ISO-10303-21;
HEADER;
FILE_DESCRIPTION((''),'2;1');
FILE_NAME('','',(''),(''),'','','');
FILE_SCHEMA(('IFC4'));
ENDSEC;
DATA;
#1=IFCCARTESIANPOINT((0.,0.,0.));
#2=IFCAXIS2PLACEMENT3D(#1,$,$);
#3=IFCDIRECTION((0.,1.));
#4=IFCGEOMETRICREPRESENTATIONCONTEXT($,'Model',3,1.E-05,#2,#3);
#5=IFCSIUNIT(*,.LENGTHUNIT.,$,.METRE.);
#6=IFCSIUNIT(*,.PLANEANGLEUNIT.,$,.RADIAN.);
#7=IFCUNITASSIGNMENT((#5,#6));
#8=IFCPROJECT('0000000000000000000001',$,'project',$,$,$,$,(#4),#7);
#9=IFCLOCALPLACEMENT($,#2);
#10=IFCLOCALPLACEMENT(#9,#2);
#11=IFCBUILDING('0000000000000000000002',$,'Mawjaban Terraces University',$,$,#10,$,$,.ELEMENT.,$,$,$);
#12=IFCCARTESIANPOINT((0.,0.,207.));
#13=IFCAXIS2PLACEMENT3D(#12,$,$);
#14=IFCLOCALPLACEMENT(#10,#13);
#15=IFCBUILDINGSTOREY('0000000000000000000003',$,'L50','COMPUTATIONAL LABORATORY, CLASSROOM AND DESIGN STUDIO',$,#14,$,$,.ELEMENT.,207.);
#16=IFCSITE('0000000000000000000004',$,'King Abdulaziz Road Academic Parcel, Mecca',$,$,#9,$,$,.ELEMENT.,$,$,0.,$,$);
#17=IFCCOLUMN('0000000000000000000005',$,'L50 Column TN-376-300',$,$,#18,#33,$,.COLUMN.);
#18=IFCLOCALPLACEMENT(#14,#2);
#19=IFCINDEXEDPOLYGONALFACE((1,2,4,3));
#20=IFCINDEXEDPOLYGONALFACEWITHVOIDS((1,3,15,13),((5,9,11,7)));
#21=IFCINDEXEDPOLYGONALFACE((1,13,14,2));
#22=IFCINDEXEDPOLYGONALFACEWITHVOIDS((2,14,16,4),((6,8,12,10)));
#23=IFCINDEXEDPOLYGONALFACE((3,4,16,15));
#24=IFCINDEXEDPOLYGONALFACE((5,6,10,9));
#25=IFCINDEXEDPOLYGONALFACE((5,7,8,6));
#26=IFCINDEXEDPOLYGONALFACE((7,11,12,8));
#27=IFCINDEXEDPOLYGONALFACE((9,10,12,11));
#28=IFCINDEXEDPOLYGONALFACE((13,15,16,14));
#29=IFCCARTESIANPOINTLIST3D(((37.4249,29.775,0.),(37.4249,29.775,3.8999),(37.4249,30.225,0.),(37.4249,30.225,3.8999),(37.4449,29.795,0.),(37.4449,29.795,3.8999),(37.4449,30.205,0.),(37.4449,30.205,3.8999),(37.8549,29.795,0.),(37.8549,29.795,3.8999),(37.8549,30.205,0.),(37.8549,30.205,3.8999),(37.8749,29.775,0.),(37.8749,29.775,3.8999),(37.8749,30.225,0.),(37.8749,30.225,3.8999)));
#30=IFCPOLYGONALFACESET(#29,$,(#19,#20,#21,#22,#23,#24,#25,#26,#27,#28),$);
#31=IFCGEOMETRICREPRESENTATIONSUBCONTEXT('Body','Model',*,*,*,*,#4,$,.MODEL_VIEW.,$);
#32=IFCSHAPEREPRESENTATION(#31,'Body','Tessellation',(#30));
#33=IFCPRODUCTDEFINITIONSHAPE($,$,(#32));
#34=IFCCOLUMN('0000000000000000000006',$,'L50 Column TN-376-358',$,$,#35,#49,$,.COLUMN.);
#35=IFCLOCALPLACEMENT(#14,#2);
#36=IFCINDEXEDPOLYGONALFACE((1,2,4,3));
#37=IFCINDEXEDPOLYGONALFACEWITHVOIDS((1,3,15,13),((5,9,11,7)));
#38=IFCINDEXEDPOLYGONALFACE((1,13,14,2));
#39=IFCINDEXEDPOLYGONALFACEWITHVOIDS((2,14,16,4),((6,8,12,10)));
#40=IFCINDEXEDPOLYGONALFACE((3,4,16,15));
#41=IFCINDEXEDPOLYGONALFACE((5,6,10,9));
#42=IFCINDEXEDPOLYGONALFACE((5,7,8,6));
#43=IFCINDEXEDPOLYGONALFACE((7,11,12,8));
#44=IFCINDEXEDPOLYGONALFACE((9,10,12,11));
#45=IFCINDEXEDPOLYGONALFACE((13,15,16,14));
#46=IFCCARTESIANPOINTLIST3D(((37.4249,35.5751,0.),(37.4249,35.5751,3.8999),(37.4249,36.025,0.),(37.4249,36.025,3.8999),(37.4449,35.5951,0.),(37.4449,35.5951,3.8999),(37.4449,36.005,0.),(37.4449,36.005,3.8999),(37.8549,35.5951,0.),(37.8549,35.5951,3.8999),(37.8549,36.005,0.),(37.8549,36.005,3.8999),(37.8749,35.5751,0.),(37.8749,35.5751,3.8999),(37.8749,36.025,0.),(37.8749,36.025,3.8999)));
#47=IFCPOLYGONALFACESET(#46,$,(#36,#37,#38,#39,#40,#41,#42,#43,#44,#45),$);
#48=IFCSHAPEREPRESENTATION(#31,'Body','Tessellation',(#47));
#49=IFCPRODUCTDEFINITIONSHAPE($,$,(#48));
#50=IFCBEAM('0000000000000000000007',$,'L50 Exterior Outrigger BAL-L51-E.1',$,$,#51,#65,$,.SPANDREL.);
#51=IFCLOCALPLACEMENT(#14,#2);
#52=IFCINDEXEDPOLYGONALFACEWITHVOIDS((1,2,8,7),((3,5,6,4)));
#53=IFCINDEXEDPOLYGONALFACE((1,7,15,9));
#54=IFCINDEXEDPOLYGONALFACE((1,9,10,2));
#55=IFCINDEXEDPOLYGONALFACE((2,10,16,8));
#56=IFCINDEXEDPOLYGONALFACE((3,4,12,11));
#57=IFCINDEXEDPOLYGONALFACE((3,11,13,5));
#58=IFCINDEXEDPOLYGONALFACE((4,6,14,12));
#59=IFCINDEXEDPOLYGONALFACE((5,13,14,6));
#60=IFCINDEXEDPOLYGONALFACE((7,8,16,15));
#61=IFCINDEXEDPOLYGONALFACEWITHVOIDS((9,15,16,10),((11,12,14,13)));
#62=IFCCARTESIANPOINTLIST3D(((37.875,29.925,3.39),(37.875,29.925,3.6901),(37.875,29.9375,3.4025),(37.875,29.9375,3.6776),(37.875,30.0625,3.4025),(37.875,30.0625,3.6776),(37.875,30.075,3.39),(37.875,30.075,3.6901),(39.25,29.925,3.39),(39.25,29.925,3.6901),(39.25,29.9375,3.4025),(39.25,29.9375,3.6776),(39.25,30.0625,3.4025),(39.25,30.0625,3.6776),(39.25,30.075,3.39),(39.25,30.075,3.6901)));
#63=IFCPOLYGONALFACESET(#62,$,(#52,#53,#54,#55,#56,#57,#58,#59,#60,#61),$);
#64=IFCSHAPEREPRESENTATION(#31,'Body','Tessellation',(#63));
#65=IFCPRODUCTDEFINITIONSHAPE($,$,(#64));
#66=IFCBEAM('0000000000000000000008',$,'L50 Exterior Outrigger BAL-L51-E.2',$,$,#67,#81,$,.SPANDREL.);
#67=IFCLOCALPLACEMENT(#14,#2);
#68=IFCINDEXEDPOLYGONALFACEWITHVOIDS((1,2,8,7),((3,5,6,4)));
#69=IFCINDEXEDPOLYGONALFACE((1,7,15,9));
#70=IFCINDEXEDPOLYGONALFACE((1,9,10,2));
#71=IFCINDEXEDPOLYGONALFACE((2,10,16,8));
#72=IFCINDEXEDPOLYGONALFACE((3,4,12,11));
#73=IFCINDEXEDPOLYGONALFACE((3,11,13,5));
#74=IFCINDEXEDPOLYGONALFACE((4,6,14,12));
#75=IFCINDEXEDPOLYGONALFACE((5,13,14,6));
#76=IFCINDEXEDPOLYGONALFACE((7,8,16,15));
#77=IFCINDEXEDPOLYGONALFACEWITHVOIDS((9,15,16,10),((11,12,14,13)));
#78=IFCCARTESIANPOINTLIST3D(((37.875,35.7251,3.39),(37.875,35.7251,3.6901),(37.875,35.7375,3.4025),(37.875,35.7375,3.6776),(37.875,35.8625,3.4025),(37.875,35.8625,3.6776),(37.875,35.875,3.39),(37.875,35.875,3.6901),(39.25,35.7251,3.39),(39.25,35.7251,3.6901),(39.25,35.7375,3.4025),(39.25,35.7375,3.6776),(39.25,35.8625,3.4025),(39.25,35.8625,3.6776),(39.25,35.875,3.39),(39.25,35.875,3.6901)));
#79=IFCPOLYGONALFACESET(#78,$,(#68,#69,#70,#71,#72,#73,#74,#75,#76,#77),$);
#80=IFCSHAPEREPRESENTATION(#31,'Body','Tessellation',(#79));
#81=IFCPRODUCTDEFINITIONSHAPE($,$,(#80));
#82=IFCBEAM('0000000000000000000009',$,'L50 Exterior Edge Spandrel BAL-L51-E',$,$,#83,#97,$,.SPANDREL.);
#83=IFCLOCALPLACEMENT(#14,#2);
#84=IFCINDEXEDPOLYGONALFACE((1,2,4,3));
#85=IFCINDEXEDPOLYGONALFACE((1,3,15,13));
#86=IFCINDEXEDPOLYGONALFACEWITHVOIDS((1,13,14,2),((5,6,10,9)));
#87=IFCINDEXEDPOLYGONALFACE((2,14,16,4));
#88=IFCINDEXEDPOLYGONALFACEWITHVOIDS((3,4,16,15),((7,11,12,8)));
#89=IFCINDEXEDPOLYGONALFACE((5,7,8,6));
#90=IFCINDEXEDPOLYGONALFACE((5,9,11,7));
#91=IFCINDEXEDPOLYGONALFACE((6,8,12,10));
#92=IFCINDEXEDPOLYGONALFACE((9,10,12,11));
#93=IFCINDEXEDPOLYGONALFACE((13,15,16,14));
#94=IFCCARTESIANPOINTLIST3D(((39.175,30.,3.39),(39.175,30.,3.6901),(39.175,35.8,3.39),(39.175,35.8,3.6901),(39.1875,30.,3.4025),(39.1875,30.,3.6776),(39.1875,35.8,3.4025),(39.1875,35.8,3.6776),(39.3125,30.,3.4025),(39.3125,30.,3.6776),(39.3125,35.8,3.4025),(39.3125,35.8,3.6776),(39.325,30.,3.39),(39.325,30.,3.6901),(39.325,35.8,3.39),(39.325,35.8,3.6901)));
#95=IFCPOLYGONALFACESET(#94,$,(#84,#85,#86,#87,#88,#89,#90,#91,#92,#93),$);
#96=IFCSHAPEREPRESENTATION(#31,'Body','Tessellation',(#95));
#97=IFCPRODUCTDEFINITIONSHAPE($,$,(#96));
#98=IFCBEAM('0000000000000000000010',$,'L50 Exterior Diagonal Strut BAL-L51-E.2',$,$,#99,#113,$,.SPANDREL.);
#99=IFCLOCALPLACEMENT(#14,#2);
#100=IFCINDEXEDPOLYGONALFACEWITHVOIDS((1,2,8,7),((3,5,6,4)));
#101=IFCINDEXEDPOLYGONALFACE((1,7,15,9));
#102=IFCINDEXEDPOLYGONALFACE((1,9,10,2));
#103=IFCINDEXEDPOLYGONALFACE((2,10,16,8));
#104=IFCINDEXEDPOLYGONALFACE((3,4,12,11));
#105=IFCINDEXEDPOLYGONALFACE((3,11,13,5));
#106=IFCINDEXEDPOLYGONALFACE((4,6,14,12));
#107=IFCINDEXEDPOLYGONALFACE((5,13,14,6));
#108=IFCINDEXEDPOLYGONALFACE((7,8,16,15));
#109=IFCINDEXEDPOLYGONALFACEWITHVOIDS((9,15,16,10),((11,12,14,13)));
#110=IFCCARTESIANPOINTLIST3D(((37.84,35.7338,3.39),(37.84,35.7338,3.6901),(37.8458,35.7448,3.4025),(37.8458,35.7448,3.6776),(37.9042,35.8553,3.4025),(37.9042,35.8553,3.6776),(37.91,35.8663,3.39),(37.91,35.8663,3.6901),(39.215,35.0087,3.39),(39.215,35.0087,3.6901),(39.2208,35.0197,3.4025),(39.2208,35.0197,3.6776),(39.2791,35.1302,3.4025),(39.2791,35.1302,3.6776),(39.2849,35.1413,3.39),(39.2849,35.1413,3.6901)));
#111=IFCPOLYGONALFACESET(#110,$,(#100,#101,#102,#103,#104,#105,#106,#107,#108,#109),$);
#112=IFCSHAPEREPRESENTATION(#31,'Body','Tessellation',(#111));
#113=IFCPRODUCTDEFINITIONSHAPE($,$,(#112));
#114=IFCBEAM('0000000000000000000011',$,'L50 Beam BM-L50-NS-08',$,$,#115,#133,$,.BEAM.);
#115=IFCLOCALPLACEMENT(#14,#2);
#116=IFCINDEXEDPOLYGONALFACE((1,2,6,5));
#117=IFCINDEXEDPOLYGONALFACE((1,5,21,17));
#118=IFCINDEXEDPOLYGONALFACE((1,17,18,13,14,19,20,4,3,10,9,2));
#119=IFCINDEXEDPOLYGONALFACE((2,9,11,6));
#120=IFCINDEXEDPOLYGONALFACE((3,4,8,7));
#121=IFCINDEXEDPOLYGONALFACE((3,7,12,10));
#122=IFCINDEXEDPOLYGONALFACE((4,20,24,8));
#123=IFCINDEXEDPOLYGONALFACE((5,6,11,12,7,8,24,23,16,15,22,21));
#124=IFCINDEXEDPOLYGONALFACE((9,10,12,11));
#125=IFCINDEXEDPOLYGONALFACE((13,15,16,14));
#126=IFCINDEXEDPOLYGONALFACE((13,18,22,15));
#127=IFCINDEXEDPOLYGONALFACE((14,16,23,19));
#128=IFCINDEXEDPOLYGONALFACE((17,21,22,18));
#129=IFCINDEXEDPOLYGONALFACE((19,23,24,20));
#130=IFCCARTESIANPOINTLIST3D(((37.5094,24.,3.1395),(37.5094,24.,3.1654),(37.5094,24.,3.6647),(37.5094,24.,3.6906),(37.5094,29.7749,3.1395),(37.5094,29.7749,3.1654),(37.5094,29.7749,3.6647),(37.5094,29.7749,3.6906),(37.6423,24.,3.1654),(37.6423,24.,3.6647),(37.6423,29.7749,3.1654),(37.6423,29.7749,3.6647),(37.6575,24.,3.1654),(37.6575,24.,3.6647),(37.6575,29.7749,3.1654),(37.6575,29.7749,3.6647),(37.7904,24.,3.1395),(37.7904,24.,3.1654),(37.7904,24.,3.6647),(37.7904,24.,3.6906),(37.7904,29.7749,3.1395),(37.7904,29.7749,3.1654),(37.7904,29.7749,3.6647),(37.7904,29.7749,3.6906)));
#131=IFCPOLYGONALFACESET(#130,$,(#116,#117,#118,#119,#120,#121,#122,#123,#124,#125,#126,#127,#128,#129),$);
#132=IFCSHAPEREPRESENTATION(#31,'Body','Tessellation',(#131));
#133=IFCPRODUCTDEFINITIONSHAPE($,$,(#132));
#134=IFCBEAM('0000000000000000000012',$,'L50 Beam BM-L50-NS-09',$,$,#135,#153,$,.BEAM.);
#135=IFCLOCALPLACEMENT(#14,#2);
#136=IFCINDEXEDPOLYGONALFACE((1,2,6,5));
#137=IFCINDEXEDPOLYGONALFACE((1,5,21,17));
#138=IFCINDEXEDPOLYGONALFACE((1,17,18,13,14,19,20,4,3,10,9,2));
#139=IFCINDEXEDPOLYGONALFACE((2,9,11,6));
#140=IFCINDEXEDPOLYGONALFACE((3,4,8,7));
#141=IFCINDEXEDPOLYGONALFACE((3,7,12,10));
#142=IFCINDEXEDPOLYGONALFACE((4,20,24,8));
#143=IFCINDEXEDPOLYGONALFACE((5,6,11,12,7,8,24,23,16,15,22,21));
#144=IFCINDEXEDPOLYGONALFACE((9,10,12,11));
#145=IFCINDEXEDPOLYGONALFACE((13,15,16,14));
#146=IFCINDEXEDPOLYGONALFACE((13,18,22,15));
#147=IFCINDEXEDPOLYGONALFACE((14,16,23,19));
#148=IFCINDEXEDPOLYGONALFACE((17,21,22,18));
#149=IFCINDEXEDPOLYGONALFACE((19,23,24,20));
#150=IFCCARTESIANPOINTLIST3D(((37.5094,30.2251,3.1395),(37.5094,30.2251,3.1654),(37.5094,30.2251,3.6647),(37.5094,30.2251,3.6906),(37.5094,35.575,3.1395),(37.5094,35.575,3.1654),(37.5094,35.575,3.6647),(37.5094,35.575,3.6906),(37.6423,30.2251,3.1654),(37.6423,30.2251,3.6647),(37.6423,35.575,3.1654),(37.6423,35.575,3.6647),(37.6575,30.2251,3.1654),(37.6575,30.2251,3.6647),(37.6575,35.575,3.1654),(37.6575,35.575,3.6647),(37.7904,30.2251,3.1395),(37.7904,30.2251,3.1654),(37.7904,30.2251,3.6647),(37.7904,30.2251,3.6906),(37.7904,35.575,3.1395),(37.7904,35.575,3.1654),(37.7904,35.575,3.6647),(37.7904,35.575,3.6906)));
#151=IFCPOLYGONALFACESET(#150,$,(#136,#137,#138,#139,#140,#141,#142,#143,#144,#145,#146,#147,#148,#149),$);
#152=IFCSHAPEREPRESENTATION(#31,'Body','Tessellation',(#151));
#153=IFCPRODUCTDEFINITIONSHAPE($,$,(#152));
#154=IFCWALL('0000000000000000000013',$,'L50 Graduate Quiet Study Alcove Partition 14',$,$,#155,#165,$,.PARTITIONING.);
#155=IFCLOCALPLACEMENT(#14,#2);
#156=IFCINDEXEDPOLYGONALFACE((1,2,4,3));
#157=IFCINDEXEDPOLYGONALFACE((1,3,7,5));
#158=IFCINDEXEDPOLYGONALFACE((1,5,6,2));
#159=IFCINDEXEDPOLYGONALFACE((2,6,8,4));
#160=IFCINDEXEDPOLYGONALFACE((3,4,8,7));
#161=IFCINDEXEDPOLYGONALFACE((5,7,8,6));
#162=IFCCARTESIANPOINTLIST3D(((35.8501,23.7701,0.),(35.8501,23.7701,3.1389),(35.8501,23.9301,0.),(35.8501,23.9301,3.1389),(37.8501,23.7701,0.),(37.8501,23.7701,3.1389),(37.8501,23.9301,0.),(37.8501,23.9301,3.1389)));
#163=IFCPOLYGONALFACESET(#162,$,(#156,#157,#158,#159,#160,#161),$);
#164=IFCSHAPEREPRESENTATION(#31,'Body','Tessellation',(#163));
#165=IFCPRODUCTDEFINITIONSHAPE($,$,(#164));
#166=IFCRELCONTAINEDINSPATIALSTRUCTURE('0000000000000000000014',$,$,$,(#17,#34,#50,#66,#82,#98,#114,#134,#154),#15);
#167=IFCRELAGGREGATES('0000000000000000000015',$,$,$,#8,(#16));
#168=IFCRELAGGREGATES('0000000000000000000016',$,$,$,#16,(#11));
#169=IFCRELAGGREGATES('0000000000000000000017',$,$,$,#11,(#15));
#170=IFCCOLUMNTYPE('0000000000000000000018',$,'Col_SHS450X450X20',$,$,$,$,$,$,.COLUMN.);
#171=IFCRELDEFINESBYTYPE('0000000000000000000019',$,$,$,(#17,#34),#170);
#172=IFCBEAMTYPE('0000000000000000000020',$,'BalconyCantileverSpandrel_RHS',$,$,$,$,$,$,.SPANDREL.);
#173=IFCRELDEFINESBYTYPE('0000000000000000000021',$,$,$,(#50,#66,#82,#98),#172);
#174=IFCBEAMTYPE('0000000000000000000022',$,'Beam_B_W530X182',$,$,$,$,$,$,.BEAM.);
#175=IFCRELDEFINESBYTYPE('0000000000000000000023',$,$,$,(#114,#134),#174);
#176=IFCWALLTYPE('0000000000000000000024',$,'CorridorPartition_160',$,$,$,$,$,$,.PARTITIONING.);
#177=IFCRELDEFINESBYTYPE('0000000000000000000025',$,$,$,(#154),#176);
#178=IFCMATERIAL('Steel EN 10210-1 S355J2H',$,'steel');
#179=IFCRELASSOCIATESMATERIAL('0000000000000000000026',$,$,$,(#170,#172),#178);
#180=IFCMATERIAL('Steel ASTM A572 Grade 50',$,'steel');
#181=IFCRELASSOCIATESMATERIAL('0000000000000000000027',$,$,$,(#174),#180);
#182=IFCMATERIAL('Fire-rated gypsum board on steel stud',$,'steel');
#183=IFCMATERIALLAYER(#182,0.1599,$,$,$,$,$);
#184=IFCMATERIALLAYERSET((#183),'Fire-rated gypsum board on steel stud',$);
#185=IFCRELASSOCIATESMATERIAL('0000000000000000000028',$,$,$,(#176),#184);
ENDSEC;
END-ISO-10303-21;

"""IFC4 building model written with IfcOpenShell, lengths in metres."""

from ifc_helpers import new_model, si_unit, direction, frame, frame_2d, origin, origin_2d, place, context, subcontext, project, spatial, rectangle, hollow_rectangle, i_section, extrude, material, layer, layer_set, material_profile, profile_set, type_object, element, save


model = new_model("IFC4")

# Units and contexts
model_context = context("Model", 3, precision=1e-05, world=origin(), true_north=direction((0.0, 1.0)))
body_context = subcontext(model_context, "Body", "Model", "MODEL_VIEW")
ifc_project = project(units=[si_unit("LENGTHUNIT", "METRE"), si_unit("PLANEANGLEUNIT", "RADIAN")], contexts=[model_context])

# Site, building, storey
site_placement = place(None, origin())
site = spatial("IfcSite", under=ifc_project, at=site_placement, Name="King Abdulaziz Road Academic Parcel, Mecca", CompositionType="ELEMENT", RefElevation=0.0)
building_placement = place(site_placement, origin())
building = spatial("IfcBuilding", under=site, at=building_placement, Name="Mawjaban Terraces University", CompositionType="ELEMENT")
storey_placement = place(building_placement, frame((0.0, 0.0, 207.0)))
storey = spatial("IfcBuildingStorey", under=building, at=storey_placement, Name="L50", Description="COMPUTATIONAL LABORATORY, CLASSROOM AND DESIGN STUDIO", CompositionType="ELEMENT", Elevation=207.0)

# Columns
ifc_material_1 = material(Name="Steel EN 10210-1 S355J2H", Category="steel")
ifc_material_profile_1 = material_profile(ifc_material_1, hollow_rectangle(XDim=0.45, YDim=0.45, WallThickness=0.02, at=origin_2d()), Name="SHS450X450X20")
ifc_profile_set_1 = profile_set([ifc_material_profile_1], Name="Steel EN 10210-1 S355J2H")
column_type = type_object("IfcColumnType", Name="Col_SHS450X450X20", PredefinedType="COLUMN", material=ifc_profile_set_1)
for number, where, z_axis, x_axis, name in (
    (1, (37.6499, 30.0, 0.0), (0.0, 0.0, 1.0), (1.0, 0.0, 0.0), "L50 Column TN-376-300"),
    (2, (37.6499, 35.8, 0.0), (0.0, 0.0, 1.0), (1.0, 0.0, 0.0), "L50 Column TN-376-358"),
):
    element("IfcColumn", number, at=place(storey_placement, frame(where, z_axis=z_axis, x_axis=x_axis)), inside=storey, type_object=column_type, Name=name, PredefinedType="COLUMN", context=body_context, shape_type="SweptSolid", body=[
        extrude(hollow_rectangle(XDim=0.45, YDim=0.45, WallThickness=0.02, at=origin_2d()), origin(), (0.0, 0.0, 1.0), 3.8999),
    ])

# Beams
ifc_material_profile_2 = material_profile(ifc_material_1, hollow_rectangle(XDim=0.1499, YDim=0.3, WallThickness=0.0125, at=origin_2d()), Name="RHS300X150X12.5")
ifc_profile_set_2 = profile_set([ifc_material_profile_2], Name="Steel EN 10210-1 S355J2H")
beam_type_1 = type_object("IfcBeamType", Name="BalconyCantileverSpandrel_RHS", PredefinedType="SPANDREL", material=ifc_profile_set_2)
for number, where, z_axis, x_axis, name in (
    (3, (37.875, 30.0, 3.54), (1.0, 0.0, 0.0), (0.0, 1.0, 0.0), "L50 Exterior Outrigger BAL-L51-E.1"),
    (4, (37.875, 35.8, 3.54), (1.0, 0.0, 0.0), (0.0, 1.0, 0.0), "L50 Exterior Outrigger BAL-L51-E.2"),
):
    element("IfcBeam", number, at=place(storey_placement, frame(where, z_axis=z_axis, x_axis=x_axis)), inside=storey, type_object=beam_type_1, Name=name, PredefinedType="SPANDREL", context=body_context, shape_type="SweptSolid", body=[
        extrude(hollow_rectangle(XDim=0.1499, YDim=0.3, WallThickness=0.0125, at=origin_2d()), origin(), (0.0, 0.0, 1.0), 1.375),
    ])
beam_1_placement = place(storey_placement, frame((39.25, 30.0, 3.54), z_axis=(0.0, 1.0, 0.0), x_axis=(-1.0, 0.0, 0.0)))
element("IfcBeam", 5, at=beam_1_placement, inside=storey, type_object=beam_type_1, Name="L50 Exterior Edge Spandrel BAL-L51-E", PredefinedType="SPANDREL", context=body_context, shape_type="SweptSolid", body=[
    extrude(hollow_rectangle(XDim=0.1499, YDim=0.3, WallThickness=0.0125, at=origin_2d()), origin(), (0.0, 0.0, 1.0), 5.8),
])
beam_2_placement = place(storey_placement, frame((37.875, 35.8, 3.54), z_axis=(0.884543, -0.466458, 0.0), x_axis=(0.466458, 0.884543, 0.0)))
element("IfcBeam", 6, at=beam_2_placement, inside=storey, type_object=beam_type_1, Name="L50 Exterior Diagonal Strut BAL-L51-E.2", PredefinedType="SPANDREL", context=body_context, shape_type="SweptSolid", body=[
    extrude(hollow_rectangle(XDim=0.1499, YDim=0.3, WallThickness=0.0125, at=origin_2d()), origin(), (0.0, 0.0, 1.0), 1.5544),
])
ifc_material_2 = material(Name="Steel ASTM A572 Grade 50", Category="steel")
ifc_material_profile_3 = material_profile(ifc_material_2, i_section(OverallWidth=0.281, OverallDepth=0.551, WebThickness=0.0151, FlangeThickness=0.0259, at=origin_2d()), Name="W530X182")
ifc_profile_set_3 = profile_set([ifc_material_profile_3], Name="Steel ASTM A572 Grade 50")
beam_type_2 = type_object("IfcBeamType", Name="Beam_B_W530X182", PredefinedType="BEAM", material=ifc_profile_set_3)
beam_3_placement = place(storey_placement, frame((37.6499, 24.0, 3.415), z_axis=(0.0, 1.0, 0.0), x_axis=(-1.0, 0.0, 0.0)))
element("IfcBeam", 7, at=beam_3_placement, inside=storey, type_object=beam_type_2, Name="L50 Beam BM-L50-NS-08", PredefinedType="BEAM", context=body_context, shape_type="SweptSolid", body=[
    extrude(i_section(OverallWidth=0.281, OverallDepth=0.551, WebThickness=0.0151, FlangeThickness=0.0259, at=origin_2d()), origin(), (0.0, 0.0, 1.0), 5.7749),
])
beam_4_placement = place(storey_placement, frame((37.6499, 30.2251, 3.415), z_axis=(0.0, 1.0, 0.0), x_axis=(-1.0, 0.0, 0.0)))
element("IfcBeam", 8, at=beam_4_placement, inside=storey, type_object=beam_type_2, Name="L50 Beam BM-L50-NS-09", PredefinedType="BEAM", context=body_context, shape_type="SweptSolid", body=[
    extrude(i_section(OverallWidth=0.281, OverallDepth=0.551, WebThickness=0.0151, FlangeThickness=0.0259, at=origin_2d()), origin(), (0.0, 0.0, 1.0), 5.3499),
])

# Wall
ifc_material_3 = material(Name="Fire-rated gypsum board on steel stud", Category="steel")
ifc_layer_1 = layer(ifc_material_3, 0.1599)
ifc_layer_set_1 = layer_set([ifc_layer_1], Name="Fire-rated gypsum board on steel stud")
wall_type_1 = type_object("IfcWallType", Name="CorridorPartition_160", PredefinedType="PARTITIONING", material=ifc_layer_set_1)
wall_1_placement = place(storey_placement, frame((37.8501, 23.8501, 0.0), z_axis=(0.0, 0.0, 1.0), x_axis=(-1.0, 0.0, 0.0)))
element("IfcWall", 9, at=wall_1_placement, inside=storey, type_object=wall_type_1, Name="L50 Graduate Quiet Study Alcove Partition 14", PredefinedType="PARTITIONING", context=body_context, shape_type="SweptSolid", body=[
    extrude(rectangle(XDim=2.0, YDim=0.1599, at=frame_2d((1.0, 0.0))), origin(), (0.0, 0.0, 1.0), 3.1389),
])

save(model, "model.ifc")
